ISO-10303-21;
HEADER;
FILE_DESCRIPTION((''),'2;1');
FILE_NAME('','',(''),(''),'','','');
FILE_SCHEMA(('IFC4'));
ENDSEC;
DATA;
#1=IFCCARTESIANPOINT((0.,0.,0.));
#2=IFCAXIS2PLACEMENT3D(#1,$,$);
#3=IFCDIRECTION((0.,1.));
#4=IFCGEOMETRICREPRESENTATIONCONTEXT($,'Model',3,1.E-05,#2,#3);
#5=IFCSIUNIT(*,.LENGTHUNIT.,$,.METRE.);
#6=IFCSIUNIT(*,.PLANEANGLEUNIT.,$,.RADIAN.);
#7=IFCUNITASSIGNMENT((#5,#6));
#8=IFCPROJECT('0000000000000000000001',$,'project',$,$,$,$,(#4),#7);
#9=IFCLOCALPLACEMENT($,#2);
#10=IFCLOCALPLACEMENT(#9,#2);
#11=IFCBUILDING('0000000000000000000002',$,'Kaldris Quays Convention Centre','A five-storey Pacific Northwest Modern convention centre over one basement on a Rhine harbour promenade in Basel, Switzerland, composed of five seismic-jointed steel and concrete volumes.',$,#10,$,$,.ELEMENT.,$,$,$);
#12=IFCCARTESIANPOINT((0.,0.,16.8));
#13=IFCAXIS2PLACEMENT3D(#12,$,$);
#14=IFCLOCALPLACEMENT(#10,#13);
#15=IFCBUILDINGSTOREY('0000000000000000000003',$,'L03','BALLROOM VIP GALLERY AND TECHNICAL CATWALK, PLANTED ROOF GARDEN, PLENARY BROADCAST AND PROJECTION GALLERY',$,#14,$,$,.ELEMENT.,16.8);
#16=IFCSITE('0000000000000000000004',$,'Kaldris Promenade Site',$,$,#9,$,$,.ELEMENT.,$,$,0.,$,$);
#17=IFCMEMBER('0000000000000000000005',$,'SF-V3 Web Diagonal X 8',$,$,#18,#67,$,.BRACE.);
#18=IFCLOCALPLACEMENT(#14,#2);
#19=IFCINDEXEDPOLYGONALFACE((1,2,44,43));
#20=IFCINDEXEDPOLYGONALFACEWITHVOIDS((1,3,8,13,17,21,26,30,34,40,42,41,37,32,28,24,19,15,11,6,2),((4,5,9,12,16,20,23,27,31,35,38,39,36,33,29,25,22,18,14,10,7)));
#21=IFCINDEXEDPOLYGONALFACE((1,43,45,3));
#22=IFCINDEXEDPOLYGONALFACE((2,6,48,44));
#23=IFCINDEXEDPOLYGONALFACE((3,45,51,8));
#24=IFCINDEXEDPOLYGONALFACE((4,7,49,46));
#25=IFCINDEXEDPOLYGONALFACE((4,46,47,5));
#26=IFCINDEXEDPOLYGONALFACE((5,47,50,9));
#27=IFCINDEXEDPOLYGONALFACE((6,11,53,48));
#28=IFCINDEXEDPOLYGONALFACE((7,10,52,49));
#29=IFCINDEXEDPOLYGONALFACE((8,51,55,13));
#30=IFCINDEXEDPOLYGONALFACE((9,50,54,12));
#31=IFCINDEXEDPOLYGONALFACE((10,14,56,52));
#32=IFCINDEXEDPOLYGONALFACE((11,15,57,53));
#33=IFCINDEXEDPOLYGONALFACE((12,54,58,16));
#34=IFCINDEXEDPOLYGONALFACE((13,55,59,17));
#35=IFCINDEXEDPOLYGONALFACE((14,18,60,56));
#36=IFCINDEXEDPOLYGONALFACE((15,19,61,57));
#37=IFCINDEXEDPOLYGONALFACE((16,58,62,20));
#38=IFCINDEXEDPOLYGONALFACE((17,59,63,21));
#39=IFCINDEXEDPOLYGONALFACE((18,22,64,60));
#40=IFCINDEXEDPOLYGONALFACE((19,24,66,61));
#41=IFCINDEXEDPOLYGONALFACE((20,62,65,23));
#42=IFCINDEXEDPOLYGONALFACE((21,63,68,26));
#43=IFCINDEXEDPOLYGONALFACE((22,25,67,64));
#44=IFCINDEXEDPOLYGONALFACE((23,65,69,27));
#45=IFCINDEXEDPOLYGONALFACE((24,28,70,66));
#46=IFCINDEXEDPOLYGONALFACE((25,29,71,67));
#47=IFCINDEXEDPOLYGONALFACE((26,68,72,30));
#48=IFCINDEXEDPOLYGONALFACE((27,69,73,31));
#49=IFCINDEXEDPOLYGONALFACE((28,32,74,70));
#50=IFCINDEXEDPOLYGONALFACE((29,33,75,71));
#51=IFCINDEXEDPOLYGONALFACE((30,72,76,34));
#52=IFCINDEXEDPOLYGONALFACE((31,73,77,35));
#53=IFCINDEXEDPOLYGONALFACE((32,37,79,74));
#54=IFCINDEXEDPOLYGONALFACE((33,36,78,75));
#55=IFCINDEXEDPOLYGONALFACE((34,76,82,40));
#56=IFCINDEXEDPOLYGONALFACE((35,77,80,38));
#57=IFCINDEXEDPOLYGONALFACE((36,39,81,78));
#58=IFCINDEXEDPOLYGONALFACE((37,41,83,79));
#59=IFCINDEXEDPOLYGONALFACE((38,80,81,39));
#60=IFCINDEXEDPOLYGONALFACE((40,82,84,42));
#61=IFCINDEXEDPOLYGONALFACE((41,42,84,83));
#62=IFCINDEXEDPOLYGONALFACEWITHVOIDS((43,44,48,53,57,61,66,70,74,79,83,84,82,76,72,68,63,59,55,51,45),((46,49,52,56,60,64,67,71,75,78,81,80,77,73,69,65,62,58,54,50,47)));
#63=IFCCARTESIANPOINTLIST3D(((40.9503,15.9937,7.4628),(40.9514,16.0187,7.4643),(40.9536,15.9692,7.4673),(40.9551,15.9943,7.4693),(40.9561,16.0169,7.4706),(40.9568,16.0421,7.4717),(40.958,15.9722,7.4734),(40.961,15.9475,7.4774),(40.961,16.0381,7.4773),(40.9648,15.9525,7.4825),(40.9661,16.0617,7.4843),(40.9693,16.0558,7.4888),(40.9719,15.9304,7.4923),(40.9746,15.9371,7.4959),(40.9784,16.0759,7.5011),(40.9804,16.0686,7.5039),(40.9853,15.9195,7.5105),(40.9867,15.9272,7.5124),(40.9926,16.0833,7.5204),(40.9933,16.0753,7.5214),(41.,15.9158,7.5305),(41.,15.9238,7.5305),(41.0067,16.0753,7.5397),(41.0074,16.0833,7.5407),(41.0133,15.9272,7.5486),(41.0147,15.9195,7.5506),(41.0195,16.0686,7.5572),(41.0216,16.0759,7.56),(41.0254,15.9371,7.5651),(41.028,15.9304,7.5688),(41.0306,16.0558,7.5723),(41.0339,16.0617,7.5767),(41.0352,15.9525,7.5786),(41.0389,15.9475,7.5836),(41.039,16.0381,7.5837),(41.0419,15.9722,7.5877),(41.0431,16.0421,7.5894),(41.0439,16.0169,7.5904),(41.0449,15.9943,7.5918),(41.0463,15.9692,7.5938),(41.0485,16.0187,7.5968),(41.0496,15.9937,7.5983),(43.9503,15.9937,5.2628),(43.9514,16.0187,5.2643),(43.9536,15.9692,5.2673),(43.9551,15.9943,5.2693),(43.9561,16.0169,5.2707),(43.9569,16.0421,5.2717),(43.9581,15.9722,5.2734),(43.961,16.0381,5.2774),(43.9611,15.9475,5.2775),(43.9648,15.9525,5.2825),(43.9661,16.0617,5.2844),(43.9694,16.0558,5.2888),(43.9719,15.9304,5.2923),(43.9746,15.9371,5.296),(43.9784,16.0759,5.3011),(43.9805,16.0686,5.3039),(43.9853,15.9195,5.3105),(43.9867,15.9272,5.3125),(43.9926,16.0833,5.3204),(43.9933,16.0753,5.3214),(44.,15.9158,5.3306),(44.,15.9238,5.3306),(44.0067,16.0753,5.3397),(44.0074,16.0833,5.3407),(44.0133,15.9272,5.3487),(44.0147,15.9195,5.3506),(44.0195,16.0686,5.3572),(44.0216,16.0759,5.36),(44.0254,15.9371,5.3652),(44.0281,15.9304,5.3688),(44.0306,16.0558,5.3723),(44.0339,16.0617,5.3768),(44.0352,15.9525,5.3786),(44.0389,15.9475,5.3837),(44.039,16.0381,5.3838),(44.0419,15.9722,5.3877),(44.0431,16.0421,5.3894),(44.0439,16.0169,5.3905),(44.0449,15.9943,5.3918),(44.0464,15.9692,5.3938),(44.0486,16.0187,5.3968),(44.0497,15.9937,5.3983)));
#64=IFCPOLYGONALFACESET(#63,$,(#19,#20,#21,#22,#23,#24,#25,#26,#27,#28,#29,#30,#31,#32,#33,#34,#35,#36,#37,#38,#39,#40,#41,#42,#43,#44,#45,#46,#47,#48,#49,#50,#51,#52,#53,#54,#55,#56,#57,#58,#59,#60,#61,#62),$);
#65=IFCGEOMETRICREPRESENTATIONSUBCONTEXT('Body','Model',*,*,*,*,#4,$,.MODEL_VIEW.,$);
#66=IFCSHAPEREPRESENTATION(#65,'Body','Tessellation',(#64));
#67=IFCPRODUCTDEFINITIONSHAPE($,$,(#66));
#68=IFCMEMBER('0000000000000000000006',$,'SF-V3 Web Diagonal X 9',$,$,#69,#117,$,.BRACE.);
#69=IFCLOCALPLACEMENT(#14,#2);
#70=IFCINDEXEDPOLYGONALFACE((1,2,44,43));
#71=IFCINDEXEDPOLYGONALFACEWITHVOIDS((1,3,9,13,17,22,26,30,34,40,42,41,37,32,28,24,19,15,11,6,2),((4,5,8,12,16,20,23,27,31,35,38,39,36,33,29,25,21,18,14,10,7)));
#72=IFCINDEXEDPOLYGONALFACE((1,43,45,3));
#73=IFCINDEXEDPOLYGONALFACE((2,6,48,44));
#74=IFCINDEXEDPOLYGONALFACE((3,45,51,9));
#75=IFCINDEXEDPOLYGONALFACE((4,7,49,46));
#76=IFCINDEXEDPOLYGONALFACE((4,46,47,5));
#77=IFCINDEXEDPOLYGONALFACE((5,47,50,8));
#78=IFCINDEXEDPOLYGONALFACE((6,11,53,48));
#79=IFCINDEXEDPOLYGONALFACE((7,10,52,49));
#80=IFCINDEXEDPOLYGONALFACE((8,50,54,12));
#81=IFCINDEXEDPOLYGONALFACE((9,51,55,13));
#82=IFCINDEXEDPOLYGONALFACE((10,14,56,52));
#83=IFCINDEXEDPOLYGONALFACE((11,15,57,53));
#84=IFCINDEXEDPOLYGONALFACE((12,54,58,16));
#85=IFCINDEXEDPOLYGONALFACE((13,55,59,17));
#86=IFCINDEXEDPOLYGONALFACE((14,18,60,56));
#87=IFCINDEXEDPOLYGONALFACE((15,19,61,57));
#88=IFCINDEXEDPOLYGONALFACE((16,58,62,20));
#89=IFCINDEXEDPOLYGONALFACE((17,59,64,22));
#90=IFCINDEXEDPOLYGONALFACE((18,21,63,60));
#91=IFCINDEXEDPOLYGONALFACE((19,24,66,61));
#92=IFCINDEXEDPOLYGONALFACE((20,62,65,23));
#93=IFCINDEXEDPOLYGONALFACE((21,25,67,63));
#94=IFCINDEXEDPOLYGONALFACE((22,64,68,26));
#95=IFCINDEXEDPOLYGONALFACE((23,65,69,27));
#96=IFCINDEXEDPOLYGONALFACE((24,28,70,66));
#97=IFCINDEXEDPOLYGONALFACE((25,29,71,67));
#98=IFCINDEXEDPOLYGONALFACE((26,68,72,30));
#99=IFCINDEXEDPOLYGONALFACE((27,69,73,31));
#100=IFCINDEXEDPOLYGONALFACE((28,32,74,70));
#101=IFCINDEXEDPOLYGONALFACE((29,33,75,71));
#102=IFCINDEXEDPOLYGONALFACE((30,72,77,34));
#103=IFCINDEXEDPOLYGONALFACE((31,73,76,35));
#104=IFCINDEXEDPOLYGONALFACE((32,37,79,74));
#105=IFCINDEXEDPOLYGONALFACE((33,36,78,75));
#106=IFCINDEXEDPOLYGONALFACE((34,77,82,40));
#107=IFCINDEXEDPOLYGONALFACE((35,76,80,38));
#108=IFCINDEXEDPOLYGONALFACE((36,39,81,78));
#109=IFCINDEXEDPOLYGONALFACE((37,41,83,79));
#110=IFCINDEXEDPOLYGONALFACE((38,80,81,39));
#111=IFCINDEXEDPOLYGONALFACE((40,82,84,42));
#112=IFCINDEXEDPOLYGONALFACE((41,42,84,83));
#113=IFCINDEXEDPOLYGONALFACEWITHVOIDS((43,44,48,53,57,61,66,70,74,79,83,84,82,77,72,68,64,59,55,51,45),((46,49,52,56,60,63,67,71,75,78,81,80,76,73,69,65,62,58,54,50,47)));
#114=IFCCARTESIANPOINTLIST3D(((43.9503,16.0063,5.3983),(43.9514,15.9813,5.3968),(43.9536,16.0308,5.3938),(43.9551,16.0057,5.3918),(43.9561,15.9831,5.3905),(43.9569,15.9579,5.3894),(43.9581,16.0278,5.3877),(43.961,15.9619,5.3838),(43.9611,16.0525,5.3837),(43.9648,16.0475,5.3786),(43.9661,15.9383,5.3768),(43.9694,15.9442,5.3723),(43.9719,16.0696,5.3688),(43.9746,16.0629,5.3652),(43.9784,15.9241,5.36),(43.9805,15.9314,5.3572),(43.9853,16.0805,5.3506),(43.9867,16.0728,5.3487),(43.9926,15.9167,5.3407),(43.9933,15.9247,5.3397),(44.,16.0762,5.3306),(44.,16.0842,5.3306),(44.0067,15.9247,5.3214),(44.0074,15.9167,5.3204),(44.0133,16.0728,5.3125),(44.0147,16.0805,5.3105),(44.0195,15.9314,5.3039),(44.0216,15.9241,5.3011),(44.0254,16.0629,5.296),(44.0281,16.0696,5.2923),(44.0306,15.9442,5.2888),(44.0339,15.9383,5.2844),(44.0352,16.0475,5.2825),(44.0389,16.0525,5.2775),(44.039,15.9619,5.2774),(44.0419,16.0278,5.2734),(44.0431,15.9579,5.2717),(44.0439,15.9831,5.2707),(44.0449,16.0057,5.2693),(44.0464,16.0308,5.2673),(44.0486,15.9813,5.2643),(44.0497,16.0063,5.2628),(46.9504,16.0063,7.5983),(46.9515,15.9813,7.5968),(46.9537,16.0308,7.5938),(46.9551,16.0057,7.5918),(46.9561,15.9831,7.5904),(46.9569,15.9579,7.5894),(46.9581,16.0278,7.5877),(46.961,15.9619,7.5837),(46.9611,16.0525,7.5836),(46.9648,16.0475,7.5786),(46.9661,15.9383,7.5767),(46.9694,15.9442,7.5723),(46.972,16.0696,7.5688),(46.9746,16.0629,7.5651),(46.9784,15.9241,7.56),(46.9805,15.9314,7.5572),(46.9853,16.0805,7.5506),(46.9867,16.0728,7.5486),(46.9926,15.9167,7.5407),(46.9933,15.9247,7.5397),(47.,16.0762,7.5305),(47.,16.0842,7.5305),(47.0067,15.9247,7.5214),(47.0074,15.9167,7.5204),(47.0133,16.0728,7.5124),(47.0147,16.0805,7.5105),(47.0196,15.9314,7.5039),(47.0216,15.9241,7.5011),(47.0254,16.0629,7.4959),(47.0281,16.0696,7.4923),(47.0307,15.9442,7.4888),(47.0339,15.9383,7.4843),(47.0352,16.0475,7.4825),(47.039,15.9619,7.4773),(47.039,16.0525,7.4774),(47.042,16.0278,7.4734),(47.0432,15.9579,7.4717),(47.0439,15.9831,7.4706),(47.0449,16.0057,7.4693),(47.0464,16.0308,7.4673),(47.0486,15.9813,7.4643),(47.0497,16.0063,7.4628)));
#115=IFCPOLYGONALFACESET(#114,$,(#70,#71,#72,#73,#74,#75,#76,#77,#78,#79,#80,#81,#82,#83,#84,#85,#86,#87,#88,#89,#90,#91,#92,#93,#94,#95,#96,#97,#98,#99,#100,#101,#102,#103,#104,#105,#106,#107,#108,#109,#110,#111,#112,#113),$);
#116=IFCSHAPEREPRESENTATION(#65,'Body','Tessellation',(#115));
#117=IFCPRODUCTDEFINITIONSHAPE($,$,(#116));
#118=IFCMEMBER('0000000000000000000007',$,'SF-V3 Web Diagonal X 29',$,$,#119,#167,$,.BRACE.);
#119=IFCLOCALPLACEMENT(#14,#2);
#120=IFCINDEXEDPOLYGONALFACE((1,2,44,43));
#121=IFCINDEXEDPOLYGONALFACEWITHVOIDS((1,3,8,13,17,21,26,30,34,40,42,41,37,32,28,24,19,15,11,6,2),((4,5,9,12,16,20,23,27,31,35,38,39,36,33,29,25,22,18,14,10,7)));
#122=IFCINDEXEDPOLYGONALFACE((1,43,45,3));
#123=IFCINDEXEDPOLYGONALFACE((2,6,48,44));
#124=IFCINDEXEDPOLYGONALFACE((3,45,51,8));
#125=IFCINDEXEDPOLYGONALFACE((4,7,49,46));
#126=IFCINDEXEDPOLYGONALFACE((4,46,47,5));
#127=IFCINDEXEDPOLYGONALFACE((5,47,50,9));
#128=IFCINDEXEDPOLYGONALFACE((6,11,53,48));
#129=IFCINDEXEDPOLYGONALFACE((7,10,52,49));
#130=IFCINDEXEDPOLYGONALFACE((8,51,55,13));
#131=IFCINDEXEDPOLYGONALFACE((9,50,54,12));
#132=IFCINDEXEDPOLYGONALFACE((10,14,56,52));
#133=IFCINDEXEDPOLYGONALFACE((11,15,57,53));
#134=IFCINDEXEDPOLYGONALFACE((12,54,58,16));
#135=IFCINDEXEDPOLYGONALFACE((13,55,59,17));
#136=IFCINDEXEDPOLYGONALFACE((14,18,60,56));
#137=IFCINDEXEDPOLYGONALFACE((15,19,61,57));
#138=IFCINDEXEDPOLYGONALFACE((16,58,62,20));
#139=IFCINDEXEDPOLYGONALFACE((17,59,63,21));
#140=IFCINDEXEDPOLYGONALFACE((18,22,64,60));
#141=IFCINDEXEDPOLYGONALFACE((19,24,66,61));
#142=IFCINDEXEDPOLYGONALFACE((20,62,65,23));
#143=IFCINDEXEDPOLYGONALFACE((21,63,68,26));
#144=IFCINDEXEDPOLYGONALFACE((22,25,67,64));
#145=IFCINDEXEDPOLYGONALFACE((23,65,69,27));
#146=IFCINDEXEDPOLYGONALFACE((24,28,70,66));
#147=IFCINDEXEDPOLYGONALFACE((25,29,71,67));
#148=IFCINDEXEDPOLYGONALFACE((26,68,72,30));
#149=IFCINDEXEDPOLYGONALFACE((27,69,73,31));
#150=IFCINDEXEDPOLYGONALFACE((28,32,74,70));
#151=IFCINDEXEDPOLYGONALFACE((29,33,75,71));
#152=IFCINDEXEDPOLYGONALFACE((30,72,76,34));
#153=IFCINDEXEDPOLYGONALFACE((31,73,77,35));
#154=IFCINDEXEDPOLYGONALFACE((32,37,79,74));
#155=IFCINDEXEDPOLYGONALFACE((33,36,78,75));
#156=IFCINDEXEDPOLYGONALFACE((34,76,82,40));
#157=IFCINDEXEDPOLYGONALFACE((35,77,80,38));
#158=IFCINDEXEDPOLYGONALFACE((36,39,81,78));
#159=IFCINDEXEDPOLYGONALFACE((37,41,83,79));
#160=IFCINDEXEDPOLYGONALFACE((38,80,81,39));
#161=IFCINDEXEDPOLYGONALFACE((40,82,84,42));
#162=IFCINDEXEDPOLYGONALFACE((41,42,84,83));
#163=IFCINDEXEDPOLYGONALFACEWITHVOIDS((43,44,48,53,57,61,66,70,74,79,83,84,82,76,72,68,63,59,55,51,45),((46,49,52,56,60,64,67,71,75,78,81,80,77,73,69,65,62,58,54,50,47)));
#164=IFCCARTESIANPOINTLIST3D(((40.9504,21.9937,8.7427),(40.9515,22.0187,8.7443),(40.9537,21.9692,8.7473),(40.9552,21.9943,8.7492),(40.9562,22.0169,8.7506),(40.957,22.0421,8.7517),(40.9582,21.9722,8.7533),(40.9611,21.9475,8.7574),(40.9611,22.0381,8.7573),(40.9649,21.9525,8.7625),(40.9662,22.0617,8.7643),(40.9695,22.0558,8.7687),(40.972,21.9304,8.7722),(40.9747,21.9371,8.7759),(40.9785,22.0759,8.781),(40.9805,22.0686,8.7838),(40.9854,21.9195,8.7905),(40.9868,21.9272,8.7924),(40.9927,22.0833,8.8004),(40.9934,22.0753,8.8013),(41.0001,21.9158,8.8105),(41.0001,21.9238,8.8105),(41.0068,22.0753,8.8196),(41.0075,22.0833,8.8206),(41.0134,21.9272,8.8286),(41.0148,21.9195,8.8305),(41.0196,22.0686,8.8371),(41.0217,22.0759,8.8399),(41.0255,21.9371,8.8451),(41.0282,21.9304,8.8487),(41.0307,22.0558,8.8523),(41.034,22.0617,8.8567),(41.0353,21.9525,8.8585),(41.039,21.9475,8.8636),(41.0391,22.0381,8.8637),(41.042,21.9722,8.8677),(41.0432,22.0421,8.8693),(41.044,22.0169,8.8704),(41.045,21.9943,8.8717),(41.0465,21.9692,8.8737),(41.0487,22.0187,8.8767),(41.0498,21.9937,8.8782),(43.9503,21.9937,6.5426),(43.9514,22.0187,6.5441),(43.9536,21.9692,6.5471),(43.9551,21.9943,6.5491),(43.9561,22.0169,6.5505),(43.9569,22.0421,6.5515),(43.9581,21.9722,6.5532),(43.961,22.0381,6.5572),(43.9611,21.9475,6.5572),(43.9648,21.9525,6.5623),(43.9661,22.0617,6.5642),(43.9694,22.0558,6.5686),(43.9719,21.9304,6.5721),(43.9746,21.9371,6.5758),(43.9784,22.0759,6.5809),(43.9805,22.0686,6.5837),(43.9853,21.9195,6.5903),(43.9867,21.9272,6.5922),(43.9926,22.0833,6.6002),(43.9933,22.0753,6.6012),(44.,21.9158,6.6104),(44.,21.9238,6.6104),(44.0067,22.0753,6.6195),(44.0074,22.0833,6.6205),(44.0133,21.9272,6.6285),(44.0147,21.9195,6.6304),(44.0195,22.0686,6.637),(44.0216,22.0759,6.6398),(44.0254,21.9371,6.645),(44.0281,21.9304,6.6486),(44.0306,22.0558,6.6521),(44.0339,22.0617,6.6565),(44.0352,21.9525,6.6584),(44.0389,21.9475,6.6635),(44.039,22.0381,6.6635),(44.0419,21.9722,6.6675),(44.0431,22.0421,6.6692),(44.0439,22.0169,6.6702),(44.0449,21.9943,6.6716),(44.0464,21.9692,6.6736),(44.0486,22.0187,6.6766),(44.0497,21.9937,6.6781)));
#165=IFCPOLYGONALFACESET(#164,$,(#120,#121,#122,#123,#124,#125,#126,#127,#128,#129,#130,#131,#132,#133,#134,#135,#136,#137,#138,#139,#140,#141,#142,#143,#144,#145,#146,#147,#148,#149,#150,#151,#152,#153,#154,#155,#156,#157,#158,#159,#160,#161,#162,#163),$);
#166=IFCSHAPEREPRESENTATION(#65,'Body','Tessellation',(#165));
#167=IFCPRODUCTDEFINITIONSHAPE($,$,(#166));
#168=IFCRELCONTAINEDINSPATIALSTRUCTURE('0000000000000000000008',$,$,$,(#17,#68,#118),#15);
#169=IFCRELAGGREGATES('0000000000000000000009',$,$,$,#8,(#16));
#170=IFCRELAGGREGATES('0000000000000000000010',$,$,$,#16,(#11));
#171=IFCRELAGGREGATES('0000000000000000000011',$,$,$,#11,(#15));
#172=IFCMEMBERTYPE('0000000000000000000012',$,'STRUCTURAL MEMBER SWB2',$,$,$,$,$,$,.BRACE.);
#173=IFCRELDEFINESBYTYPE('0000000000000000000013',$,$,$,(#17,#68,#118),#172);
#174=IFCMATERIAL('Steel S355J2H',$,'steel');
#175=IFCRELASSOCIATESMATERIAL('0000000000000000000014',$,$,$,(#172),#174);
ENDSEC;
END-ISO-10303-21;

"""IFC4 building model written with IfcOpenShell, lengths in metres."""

from ifc_helpers import new_model, si_unit, direction, frame, origin, origin_2d, place, context, subcontext, project, spatial, hollow_circle, extrude, material, material_profile, profile_set, type_object, element, save


model = new_model("IFC4")

# Units and contexts
model_context = context("Model", 3, precision=1e-05, world=origin(), true_north=direction((0.0, 1.0)))
body_context = subcontext(model_context, "Body", "Model", "MODEL_VIEW")
ifc_project = project(units=[si_unit("LENGTHUNIT", "METRE"), si_unit("PLANEANGLEUNIT", "RADIAN")], contexts=[model_context])

# Site, building, storey
site_placement = place(None, origin())
site = spatial("IfcSite", under=ifc_project, at=site_placement, Name="Kaldris Promenade Site", CompositionType="ELEMENT", RefElevation=0.0)
building_placement = place(site_placement, origin())
building = spatial("IfcBuilding", under=site, at=building_placement, Name="Kaldris Quays Convention Centre", Description="A five-storey Pacific Northwest Modern convention centre over one basement on a Rhine harbour promenade in Basel, Switzerland, composed of five seismic-jointed steel and concrete volumes.", CompositionType="ELEMENT")
storey_placement = place(building_placement, frame((0.0, 0.0, 16.8)))
storey = spatial("IfcBuildingStorey", under=building, at=storey_placement, Name="L03", Description="BALLROOM VIP GALLERY AND TECHNICAL CATWALK, PLANTED ROOF GARDEN, PLENARY BROADCAST AND PROJECTION GALLERY", CompositionType="ELEMENT", Elevation=16.8)

# Members
ifc_material_1 = material(Name="Steel S355J2H", Category="steel")
ifc_material_profile_1 = material_profile(ifc_material_1, hollow_circle(Radius=0.0842, WallThickness=0.0081, at=origin_2d()), Name="CHS 168.3x8")
ifc_profile_set_1 = profile_set([ifc_material_profile_1], Name="Steel S355J2H")
member_type_1 = type_object("IfcMemberType", Name="STRUCTURAL MEMBER SWB2", PredefinedType="BRACE", material=ifc_profile_set_1)
for number, where, z_axis, x_axis, name in (
    (1, (44.0, 16.0, 5.3306), (-0.806411, 0.0, 0.591355), (0.0, -1.0, 0.0), "SF-V3 Web Diagonal X 8"),
    (2, (44.0, 16.0, 5.3306), (0.806411, 0.0, 0.591355), (0.0, 1.0, 0.0), "SF-V3 Web Diagonal X 9"),
    (3, (44.0, 22.0, 6.6104), (-0.80638, 0.0, 0.591398), (0.0, -1.0, 0.0), "SF-V3 Web Diagonal X 29"),
):
    element("IfcMember", number, at=place(storey_placement, frame(where, z_axis=z_axis, x_axis=x_axis)), inside=storey, type_object=member_type_1, Name=name, PredefinedType="BRACE", context=body_context, shape_type="SweptSolid", body=[
        extrude(hollow_circle(Radius=0.0842, WallThickness=0.0081, at=origin_2d()), origin(), (0.0, 0.0, 1.0), 3.7202),
    ])

save(model, "model.ifc")
